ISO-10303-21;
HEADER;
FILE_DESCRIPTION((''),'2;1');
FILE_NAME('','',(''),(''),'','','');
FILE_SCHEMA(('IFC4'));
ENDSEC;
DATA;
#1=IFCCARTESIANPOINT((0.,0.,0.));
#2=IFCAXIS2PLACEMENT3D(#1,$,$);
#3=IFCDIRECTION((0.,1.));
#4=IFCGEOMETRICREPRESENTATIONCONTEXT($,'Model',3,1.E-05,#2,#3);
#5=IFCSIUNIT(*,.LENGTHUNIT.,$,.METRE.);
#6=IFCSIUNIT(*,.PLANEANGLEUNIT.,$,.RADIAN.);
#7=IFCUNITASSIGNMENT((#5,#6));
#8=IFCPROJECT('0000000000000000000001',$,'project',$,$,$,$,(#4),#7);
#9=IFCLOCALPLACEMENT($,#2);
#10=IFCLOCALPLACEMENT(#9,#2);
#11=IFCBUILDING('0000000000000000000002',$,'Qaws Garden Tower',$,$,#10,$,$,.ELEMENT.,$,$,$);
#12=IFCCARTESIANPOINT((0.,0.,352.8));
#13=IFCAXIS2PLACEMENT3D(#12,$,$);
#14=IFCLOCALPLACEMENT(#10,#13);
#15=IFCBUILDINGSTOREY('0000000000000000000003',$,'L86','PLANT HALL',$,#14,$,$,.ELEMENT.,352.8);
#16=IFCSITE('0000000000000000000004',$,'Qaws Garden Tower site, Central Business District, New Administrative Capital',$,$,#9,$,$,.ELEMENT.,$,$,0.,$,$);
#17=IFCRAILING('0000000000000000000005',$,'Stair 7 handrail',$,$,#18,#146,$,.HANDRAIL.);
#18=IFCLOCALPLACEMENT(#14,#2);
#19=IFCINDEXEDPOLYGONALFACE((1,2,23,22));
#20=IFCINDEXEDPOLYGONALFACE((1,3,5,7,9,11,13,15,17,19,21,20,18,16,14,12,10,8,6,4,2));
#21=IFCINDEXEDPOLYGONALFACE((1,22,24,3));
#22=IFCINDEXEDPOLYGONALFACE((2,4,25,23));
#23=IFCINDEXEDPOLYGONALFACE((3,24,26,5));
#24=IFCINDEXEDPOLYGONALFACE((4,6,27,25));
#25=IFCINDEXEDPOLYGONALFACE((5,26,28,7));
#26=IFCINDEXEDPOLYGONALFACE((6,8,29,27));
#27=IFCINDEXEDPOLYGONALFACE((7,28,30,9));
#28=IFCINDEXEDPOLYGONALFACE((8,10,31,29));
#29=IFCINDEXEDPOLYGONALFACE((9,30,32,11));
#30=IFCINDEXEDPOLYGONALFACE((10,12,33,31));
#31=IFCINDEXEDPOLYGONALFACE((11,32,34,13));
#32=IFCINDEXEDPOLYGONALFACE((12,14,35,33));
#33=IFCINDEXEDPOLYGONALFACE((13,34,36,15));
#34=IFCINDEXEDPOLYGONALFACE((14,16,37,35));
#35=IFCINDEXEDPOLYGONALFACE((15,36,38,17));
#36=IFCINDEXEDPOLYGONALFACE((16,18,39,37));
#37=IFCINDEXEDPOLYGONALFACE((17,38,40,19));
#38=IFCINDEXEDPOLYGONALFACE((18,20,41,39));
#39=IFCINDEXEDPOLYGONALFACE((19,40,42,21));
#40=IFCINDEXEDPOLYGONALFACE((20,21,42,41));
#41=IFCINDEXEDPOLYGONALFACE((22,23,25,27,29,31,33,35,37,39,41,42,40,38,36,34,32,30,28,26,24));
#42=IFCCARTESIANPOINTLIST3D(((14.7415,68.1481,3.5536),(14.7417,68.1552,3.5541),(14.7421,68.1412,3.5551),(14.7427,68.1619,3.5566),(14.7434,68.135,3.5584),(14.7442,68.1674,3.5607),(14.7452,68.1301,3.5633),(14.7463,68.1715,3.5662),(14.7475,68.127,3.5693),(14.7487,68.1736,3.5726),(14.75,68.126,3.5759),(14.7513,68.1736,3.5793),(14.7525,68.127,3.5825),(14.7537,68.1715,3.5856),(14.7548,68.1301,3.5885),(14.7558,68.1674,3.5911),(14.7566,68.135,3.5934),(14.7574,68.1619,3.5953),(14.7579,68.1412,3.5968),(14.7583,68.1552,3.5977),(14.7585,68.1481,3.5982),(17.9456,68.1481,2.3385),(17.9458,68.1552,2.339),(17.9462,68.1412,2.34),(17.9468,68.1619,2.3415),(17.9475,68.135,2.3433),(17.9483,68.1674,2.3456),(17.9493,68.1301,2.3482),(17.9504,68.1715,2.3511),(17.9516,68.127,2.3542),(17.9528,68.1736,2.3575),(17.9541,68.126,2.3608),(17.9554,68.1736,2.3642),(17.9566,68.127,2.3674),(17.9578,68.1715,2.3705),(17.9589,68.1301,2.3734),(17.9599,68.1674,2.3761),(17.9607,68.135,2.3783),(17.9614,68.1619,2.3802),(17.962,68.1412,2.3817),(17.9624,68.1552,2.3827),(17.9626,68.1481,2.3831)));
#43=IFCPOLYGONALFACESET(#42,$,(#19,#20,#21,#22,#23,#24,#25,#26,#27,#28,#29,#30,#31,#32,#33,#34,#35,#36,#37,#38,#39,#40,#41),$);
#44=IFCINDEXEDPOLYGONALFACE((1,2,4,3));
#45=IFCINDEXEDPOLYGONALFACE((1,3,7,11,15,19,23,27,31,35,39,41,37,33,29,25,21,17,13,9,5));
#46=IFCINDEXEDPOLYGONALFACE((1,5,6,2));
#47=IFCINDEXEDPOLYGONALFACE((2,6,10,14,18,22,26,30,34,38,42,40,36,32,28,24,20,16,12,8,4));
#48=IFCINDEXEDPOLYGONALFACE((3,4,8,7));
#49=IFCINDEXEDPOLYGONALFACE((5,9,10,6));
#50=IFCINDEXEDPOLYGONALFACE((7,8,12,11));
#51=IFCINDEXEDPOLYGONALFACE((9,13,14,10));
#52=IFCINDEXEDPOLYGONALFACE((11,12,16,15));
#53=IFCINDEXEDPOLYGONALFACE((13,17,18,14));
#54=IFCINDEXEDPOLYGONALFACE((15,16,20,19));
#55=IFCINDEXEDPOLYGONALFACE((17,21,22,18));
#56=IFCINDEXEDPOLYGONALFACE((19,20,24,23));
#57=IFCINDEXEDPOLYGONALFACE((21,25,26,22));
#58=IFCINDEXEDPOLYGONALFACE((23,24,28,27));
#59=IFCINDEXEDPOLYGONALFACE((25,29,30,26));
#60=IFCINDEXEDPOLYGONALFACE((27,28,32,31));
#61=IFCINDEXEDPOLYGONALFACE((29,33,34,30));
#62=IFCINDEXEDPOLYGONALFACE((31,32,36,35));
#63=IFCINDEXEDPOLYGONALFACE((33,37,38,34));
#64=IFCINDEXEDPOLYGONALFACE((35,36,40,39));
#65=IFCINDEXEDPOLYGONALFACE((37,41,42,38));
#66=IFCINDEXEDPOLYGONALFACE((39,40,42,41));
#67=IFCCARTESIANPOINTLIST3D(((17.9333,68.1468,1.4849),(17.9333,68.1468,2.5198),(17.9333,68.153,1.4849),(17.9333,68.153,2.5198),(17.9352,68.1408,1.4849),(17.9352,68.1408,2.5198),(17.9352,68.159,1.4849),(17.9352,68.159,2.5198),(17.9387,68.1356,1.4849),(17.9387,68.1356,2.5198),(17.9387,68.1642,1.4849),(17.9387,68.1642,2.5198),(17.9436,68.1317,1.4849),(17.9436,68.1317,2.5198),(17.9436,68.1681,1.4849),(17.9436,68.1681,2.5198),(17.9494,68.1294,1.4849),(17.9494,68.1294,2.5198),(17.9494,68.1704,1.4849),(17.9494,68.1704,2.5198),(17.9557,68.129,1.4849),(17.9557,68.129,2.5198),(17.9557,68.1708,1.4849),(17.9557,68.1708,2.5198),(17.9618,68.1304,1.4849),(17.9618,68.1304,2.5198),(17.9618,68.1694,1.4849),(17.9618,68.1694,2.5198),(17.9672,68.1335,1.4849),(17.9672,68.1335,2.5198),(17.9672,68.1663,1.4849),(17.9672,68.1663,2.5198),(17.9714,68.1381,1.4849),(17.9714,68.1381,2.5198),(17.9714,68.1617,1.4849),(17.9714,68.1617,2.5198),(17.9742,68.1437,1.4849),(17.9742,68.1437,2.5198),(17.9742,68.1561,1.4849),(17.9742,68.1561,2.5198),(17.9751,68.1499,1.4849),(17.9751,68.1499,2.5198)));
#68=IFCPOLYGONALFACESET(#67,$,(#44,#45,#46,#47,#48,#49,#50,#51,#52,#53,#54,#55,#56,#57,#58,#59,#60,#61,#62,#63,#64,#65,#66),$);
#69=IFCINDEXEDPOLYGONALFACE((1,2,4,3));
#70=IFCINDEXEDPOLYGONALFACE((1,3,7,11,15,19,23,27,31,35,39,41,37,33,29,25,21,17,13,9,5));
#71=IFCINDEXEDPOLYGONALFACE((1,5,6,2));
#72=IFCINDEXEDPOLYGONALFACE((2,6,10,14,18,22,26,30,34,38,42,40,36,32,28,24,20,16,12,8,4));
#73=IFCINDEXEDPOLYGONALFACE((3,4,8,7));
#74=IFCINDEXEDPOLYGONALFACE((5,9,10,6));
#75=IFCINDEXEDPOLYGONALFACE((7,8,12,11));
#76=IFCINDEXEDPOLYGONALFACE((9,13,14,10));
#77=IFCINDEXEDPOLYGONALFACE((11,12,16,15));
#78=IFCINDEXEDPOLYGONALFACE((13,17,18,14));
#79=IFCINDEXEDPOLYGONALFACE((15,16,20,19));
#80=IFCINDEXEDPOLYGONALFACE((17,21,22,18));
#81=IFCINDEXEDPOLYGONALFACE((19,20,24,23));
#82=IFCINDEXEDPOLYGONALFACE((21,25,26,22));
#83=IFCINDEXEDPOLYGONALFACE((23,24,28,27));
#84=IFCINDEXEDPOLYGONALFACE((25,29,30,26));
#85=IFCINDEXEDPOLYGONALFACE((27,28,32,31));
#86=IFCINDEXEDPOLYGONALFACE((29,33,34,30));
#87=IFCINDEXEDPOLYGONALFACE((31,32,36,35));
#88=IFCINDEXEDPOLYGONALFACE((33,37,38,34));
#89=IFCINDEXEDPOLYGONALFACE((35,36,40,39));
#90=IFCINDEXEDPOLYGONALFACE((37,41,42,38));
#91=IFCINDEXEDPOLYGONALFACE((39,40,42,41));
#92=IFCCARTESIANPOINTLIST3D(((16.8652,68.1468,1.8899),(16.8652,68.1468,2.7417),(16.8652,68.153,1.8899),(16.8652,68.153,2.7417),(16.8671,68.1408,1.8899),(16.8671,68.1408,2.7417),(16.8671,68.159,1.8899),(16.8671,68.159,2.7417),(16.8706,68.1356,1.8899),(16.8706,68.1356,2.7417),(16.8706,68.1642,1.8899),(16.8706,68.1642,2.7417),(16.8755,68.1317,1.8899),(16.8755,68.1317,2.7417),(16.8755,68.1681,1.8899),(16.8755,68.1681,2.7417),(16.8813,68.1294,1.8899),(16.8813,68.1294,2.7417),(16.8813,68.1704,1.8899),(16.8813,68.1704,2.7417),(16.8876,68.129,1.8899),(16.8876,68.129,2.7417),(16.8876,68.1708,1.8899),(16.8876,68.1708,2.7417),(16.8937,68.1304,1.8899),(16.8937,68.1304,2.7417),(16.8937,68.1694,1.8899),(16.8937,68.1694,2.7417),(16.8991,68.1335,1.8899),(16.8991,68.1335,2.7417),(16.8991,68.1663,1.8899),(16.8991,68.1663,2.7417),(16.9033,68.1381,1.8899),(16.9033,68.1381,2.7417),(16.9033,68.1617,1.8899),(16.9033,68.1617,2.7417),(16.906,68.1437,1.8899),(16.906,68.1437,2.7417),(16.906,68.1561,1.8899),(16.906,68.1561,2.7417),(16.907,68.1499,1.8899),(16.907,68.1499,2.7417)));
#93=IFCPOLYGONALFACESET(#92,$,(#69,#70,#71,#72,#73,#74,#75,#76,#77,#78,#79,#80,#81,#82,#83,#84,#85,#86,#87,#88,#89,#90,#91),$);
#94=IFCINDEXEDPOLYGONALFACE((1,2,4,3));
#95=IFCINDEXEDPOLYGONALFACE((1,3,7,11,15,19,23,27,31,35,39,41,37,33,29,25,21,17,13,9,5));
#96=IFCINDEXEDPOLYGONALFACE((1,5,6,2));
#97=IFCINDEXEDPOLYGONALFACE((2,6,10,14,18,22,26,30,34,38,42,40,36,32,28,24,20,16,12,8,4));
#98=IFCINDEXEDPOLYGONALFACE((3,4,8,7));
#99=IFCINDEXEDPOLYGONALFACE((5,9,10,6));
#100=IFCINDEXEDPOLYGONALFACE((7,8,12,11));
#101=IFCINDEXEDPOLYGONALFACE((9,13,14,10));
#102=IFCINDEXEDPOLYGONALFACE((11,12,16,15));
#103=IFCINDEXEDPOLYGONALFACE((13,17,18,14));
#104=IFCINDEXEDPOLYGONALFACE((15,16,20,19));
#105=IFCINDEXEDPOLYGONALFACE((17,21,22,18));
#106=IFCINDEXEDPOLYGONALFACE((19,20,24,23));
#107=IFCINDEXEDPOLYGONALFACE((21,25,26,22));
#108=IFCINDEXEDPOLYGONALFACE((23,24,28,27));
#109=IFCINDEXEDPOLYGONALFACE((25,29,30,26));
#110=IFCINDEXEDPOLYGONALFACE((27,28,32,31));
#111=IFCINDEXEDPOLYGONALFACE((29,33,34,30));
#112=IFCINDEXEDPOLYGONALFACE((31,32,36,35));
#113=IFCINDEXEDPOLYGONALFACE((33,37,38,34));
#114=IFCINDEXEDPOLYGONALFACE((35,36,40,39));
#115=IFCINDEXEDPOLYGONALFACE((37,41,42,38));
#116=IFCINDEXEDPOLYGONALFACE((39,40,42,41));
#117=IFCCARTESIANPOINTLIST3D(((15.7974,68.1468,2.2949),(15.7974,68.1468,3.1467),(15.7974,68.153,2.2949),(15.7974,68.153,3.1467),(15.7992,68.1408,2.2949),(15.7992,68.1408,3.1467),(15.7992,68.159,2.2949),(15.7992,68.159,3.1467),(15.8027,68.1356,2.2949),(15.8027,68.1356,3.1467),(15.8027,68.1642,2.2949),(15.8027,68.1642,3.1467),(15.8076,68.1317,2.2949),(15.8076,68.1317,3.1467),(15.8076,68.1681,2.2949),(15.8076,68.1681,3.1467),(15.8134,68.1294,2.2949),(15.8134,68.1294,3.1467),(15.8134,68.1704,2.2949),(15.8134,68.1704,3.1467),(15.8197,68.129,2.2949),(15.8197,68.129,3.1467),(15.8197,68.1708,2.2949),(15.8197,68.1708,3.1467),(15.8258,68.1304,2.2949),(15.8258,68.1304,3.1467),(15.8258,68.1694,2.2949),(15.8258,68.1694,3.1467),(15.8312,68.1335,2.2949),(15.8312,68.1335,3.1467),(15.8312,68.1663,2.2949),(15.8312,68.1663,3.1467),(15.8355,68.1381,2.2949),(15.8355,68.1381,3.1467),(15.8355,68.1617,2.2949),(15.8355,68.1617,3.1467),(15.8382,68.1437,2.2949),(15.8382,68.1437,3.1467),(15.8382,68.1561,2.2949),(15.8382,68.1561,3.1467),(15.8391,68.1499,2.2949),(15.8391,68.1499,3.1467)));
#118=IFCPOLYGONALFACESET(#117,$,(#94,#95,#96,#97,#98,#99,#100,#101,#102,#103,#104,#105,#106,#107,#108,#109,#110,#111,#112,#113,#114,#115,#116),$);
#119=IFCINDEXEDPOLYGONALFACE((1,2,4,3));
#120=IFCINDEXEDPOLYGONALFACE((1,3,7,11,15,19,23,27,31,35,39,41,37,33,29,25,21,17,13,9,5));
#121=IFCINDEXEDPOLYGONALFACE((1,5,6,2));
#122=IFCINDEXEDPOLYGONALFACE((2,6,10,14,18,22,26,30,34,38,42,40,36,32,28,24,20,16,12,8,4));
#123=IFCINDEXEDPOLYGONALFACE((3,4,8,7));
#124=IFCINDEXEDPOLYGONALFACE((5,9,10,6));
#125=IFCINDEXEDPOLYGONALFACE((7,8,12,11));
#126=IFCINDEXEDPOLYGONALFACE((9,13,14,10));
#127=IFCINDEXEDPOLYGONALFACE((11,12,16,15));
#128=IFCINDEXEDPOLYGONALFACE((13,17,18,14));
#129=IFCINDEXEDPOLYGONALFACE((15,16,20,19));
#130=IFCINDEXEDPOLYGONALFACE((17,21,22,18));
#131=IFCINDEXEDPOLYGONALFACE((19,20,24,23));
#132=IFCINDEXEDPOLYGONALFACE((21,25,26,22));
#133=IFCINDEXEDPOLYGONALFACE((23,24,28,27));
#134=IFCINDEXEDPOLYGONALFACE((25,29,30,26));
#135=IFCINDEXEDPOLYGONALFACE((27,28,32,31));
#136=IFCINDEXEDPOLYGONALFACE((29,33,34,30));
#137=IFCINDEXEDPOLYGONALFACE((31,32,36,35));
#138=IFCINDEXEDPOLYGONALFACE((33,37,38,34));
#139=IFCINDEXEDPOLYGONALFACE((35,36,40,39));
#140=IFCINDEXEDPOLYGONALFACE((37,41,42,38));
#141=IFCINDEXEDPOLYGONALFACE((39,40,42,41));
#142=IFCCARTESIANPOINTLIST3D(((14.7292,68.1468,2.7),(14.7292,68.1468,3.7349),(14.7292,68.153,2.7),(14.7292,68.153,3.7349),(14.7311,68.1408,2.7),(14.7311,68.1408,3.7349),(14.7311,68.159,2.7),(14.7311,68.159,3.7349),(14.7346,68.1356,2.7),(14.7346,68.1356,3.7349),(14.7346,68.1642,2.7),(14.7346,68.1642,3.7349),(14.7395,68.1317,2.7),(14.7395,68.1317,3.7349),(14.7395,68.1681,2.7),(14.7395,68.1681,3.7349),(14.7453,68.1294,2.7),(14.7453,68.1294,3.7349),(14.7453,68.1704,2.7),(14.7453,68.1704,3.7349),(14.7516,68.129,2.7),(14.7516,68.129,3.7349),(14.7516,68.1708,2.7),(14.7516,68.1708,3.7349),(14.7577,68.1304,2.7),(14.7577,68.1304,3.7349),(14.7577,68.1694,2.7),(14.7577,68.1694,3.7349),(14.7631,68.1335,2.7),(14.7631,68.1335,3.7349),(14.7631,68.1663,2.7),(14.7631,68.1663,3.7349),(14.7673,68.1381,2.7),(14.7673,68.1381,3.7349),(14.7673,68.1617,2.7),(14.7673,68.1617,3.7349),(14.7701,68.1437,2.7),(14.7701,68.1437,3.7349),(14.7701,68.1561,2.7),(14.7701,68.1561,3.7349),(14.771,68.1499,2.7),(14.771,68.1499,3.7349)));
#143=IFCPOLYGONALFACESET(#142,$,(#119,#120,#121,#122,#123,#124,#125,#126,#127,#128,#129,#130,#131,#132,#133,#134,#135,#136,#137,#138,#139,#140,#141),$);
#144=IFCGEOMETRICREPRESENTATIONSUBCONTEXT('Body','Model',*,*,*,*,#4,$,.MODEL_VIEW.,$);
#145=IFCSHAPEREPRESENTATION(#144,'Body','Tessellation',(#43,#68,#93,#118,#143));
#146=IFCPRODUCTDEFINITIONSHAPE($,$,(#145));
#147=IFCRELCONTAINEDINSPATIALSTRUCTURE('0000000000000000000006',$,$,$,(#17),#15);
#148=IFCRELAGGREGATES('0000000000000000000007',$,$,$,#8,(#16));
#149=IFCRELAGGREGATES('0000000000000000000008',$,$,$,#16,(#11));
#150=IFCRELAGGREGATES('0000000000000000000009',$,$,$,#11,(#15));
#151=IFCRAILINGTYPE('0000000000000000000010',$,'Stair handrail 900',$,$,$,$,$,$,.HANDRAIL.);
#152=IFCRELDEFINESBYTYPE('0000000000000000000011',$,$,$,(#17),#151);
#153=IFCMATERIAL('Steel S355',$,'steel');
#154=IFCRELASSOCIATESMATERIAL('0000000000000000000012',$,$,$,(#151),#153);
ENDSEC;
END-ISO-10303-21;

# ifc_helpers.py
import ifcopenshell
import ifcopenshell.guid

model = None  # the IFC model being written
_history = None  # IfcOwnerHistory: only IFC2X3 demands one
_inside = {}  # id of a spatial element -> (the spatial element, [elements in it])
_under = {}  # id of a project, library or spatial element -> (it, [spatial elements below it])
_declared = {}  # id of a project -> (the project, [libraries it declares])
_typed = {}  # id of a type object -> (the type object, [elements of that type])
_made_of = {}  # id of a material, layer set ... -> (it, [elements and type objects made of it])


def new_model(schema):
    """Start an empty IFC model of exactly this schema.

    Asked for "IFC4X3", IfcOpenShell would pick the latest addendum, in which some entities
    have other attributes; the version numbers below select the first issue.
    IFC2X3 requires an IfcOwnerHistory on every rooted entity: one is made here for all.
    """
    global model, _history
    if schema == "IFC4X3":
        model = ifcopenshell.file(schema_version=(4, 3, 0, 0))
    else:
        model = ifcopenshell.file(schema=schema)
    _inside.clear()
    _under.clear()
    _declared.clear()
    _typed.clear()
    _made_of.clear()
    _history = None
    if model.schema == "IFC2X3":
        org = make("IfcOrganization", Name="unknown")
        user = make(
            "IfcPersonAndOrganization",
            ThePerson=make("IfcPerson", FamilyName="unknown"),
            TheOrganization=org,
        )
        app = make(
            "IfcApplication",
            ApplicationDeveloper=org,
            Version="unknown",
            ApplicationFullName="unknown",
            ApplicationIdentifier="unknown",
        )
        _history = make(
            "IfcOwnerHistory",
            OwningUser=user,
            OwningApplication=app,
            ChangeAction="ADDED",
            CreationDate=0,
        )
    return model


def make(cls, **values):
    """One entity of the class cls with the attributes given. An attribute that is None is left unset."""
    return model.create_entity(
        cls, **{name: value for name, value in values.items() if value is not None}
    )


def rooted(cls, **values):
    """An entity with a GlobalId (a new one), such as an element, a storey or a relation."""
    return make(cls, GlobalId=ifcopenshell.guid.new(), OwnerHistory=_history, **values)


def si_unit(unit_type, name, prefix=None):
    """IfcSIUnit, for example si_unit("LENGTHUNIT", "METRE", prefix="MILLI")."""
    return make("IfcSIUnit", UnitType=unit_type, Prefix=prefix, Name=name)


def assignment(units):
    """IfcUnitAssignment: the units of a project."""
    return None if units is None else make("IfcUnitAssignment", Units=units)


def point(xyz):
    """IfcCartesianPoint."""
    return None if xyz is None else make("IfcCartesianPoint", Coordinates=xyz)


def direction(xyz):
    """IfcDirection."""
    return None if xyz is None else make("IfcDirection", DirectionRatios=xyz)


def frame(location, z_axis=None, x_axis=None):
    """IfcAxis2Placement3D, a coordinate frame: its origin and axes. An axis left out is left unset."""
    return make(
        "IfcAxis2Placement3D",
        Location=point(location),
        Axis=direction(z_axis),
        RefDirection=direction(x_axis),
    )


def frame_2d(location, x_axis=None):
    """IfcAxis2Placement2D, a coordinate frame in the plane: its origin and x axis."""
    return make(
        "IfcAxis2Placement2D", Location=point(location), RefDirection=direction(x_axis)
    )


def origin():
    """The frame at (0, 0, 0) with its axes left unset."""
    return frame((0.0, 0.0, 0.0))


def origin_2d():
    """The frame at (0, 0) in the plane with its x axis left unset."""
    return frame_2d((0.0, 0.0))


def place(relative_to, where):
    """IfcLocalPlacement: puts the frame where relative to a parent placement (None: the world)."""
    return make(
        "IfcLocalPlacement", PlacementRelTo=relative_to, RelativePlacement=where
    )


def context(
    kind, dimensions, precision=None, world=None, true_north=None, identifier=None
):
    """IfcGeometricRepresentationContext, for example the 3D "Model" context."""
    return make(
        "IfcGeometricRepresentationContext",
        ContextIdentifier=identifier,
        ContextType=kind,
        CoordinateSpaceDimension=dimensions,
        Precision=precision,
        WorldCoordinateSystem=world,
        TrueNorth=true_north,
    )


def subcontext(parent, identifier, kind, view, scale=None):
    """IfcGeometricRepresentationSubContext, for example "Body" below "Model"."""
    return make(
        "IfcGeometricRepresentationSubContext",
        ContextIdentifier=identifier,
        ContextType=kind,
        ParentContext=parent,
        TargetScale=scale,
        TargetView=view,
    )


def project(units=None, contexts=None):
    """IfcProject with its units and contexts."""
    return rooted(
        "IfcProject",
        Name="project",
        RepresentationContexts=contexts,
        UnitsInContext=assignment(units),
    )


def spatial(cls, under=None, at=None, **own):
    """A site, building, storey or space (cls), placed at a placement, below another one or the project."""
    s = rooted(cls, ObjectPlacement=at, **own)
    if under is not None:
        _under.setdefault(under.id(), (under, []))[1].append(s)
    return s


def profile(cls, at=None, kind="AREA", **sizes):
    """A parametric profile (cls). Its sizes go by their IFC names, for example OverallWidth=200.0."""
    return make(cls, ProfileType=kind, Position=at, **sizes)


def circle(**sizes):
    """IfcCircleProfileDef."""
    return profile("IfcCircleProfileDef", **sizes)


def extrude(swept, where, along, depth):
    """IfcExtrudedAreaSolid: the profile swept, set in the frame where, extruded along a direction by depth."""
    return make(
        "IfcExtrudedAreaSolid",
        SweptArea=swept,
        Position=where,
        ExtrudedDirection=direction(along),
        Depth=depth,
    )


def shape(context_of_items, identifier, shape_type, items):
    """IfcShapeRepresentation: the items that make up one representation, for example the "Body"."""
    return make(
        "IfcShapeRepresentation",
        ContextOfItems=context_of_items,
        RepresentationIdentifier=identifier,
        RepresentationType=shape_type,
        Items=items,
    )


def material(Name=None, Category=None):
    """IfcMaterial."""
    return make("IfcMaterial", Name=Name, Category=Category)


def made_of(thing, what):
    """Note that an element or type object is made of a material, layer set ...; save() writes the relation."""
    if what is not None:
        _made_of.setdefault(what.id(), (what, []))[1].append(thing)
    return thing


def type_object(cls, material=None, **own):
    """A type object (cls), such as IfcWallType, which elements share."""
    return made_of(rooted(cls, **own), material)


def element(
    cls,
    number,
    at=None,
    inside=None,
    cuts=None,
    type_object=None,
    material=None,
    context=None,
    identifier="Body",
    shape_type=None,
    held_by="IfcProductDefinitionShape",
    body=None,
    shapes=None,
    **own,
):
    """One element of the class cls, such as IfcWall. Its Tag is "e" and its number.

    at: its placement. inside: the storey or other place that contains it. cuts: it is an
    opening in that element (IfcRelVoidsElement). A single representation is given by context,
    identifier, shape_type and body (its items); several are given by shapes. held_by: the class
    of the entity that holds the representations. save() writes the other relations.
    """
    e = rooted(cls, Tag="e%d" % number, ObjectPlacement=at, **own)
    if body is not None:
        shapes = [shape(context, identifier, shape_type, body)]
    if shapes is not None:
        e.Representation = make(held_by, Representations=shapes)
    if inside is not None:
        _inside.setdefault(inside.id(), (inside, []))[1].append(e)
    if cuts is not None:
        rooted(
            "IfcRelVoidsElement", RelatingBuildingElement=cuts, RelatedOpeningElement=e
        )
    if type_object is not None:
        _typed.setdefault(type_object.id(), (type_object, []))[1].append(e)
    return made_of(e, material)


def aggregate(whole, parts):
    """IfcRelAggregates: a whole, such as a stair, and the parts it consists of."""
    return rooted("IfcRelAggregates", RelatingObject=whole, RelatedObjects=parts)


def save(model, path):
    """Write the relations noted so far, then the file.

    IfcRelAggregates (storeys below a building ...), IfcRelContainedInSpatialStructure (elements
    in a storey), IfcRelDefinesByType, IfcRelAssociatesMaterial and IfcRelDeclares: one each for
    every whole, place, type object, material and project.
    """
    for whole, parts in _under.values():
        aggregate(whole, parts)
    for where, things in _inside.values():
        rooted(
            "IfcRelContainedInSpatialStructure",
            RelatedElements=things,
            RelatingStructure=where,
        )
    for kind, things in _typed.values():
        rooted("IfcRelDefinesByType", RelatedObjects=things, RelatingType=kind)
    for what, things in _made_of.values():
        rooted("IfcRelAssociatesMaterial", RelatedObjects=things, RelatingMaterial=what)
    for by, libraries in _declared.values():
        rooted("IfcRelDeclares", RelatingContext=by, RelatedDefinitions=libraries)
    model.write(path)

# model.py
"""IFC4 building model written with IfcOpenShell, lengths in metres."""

from ifc_helpers import new_model, si_unit, direction, frame, origin, origin_2d, place, context, subcontext, project, spatial, circle, extrude, material, type_object, element, save


model = new_model("IFC4")

# Units and contexts
model_context = context("Model", 3, precision=1e-05, world=origin(), true_north=direction((0.0, 1.0)))
body_context = subcontext(model_context, "Body", "Model", "MODEL_VIEW")
ifc_project = project(units=[si_unit("LENGTHUNIT", "METRE"), si_unit("PLANEANGLEUNIT", "RADIAN")], contexts=[model_context])

# Site, building, storey
site_placement = place(None, origin())
site = spatial("IfcSite", under=ifc_project, at=site_placement, Name="Qaws Garden Tower site, Central Business District, New Administrative Capital", CompositionType="ELEMENT", RefElevation=0.0)
building_placement = place(site_placement, origin())
building = spatial("IfcBuilding", under=site, at=building_placement, Name="Qaws Garden Tower", CompositionType="ELEMENT")
storey_placement = place(building_placement, frame((0.0, 0.0, 352.8)))
storey = spatial("IfcBuildingStorey", under=building, at=storey_placement, Name="L86", Description="PLANT HALL", CompositionType="ELEMENT", Elevation=352.8)

# Railing
ifc_material_1 = material(Name="Steel S355", Category="steel")
railing_type = type_object("IfcRailingType", Name="Stair handrail 900", PredefinedType="HANDRAIL", material=ifc_material_1)
railing_1_placement = place(storey_placement, frame((17.9541, 68.1499, 1.4849)))
element("IfcRailing", 1, at=railing_1_placement, inside=storey, type_object=railing_type, Name="Stair 7 handrail", PredefinedType="HANDRAIL", context=body_context, shape_type="SweptSolid", body=[
    extrude(circle(Radius=0.0239, at=origin_2d()), frame((0.0, 0.0, 0.876), z_axis=(-0.935023, 0.0, 0.354588), x_axis=(0.0, -1.0, 0.0)), (0.0, 0.0, 1.0), 3.4268),
    extrude(circle(Radius=0.021, at=origin_2d()), origin(), (0.0, 0.0, 1.0), 1.0349),
    extrude(circle(Radius=0.021, at=origin_2d()), frame((-1.0681, 0.0, 0.405)), (0.0, 0.0, 1.0), 0.8518),
    extrude(circle(Radius=0.021, at=origin_2d()), frame((-2.136, 0.0, 0.8101)), (0.0, 0.0, 1.0), 0.8518),
    extrude(circle(Radius=0.021, at=origin_2d()), frame((-3.2041, 0.0, 1.2151)), (0.0, 0.0, 1.0), 1.0349),
])

save(model, "model.ifc")
